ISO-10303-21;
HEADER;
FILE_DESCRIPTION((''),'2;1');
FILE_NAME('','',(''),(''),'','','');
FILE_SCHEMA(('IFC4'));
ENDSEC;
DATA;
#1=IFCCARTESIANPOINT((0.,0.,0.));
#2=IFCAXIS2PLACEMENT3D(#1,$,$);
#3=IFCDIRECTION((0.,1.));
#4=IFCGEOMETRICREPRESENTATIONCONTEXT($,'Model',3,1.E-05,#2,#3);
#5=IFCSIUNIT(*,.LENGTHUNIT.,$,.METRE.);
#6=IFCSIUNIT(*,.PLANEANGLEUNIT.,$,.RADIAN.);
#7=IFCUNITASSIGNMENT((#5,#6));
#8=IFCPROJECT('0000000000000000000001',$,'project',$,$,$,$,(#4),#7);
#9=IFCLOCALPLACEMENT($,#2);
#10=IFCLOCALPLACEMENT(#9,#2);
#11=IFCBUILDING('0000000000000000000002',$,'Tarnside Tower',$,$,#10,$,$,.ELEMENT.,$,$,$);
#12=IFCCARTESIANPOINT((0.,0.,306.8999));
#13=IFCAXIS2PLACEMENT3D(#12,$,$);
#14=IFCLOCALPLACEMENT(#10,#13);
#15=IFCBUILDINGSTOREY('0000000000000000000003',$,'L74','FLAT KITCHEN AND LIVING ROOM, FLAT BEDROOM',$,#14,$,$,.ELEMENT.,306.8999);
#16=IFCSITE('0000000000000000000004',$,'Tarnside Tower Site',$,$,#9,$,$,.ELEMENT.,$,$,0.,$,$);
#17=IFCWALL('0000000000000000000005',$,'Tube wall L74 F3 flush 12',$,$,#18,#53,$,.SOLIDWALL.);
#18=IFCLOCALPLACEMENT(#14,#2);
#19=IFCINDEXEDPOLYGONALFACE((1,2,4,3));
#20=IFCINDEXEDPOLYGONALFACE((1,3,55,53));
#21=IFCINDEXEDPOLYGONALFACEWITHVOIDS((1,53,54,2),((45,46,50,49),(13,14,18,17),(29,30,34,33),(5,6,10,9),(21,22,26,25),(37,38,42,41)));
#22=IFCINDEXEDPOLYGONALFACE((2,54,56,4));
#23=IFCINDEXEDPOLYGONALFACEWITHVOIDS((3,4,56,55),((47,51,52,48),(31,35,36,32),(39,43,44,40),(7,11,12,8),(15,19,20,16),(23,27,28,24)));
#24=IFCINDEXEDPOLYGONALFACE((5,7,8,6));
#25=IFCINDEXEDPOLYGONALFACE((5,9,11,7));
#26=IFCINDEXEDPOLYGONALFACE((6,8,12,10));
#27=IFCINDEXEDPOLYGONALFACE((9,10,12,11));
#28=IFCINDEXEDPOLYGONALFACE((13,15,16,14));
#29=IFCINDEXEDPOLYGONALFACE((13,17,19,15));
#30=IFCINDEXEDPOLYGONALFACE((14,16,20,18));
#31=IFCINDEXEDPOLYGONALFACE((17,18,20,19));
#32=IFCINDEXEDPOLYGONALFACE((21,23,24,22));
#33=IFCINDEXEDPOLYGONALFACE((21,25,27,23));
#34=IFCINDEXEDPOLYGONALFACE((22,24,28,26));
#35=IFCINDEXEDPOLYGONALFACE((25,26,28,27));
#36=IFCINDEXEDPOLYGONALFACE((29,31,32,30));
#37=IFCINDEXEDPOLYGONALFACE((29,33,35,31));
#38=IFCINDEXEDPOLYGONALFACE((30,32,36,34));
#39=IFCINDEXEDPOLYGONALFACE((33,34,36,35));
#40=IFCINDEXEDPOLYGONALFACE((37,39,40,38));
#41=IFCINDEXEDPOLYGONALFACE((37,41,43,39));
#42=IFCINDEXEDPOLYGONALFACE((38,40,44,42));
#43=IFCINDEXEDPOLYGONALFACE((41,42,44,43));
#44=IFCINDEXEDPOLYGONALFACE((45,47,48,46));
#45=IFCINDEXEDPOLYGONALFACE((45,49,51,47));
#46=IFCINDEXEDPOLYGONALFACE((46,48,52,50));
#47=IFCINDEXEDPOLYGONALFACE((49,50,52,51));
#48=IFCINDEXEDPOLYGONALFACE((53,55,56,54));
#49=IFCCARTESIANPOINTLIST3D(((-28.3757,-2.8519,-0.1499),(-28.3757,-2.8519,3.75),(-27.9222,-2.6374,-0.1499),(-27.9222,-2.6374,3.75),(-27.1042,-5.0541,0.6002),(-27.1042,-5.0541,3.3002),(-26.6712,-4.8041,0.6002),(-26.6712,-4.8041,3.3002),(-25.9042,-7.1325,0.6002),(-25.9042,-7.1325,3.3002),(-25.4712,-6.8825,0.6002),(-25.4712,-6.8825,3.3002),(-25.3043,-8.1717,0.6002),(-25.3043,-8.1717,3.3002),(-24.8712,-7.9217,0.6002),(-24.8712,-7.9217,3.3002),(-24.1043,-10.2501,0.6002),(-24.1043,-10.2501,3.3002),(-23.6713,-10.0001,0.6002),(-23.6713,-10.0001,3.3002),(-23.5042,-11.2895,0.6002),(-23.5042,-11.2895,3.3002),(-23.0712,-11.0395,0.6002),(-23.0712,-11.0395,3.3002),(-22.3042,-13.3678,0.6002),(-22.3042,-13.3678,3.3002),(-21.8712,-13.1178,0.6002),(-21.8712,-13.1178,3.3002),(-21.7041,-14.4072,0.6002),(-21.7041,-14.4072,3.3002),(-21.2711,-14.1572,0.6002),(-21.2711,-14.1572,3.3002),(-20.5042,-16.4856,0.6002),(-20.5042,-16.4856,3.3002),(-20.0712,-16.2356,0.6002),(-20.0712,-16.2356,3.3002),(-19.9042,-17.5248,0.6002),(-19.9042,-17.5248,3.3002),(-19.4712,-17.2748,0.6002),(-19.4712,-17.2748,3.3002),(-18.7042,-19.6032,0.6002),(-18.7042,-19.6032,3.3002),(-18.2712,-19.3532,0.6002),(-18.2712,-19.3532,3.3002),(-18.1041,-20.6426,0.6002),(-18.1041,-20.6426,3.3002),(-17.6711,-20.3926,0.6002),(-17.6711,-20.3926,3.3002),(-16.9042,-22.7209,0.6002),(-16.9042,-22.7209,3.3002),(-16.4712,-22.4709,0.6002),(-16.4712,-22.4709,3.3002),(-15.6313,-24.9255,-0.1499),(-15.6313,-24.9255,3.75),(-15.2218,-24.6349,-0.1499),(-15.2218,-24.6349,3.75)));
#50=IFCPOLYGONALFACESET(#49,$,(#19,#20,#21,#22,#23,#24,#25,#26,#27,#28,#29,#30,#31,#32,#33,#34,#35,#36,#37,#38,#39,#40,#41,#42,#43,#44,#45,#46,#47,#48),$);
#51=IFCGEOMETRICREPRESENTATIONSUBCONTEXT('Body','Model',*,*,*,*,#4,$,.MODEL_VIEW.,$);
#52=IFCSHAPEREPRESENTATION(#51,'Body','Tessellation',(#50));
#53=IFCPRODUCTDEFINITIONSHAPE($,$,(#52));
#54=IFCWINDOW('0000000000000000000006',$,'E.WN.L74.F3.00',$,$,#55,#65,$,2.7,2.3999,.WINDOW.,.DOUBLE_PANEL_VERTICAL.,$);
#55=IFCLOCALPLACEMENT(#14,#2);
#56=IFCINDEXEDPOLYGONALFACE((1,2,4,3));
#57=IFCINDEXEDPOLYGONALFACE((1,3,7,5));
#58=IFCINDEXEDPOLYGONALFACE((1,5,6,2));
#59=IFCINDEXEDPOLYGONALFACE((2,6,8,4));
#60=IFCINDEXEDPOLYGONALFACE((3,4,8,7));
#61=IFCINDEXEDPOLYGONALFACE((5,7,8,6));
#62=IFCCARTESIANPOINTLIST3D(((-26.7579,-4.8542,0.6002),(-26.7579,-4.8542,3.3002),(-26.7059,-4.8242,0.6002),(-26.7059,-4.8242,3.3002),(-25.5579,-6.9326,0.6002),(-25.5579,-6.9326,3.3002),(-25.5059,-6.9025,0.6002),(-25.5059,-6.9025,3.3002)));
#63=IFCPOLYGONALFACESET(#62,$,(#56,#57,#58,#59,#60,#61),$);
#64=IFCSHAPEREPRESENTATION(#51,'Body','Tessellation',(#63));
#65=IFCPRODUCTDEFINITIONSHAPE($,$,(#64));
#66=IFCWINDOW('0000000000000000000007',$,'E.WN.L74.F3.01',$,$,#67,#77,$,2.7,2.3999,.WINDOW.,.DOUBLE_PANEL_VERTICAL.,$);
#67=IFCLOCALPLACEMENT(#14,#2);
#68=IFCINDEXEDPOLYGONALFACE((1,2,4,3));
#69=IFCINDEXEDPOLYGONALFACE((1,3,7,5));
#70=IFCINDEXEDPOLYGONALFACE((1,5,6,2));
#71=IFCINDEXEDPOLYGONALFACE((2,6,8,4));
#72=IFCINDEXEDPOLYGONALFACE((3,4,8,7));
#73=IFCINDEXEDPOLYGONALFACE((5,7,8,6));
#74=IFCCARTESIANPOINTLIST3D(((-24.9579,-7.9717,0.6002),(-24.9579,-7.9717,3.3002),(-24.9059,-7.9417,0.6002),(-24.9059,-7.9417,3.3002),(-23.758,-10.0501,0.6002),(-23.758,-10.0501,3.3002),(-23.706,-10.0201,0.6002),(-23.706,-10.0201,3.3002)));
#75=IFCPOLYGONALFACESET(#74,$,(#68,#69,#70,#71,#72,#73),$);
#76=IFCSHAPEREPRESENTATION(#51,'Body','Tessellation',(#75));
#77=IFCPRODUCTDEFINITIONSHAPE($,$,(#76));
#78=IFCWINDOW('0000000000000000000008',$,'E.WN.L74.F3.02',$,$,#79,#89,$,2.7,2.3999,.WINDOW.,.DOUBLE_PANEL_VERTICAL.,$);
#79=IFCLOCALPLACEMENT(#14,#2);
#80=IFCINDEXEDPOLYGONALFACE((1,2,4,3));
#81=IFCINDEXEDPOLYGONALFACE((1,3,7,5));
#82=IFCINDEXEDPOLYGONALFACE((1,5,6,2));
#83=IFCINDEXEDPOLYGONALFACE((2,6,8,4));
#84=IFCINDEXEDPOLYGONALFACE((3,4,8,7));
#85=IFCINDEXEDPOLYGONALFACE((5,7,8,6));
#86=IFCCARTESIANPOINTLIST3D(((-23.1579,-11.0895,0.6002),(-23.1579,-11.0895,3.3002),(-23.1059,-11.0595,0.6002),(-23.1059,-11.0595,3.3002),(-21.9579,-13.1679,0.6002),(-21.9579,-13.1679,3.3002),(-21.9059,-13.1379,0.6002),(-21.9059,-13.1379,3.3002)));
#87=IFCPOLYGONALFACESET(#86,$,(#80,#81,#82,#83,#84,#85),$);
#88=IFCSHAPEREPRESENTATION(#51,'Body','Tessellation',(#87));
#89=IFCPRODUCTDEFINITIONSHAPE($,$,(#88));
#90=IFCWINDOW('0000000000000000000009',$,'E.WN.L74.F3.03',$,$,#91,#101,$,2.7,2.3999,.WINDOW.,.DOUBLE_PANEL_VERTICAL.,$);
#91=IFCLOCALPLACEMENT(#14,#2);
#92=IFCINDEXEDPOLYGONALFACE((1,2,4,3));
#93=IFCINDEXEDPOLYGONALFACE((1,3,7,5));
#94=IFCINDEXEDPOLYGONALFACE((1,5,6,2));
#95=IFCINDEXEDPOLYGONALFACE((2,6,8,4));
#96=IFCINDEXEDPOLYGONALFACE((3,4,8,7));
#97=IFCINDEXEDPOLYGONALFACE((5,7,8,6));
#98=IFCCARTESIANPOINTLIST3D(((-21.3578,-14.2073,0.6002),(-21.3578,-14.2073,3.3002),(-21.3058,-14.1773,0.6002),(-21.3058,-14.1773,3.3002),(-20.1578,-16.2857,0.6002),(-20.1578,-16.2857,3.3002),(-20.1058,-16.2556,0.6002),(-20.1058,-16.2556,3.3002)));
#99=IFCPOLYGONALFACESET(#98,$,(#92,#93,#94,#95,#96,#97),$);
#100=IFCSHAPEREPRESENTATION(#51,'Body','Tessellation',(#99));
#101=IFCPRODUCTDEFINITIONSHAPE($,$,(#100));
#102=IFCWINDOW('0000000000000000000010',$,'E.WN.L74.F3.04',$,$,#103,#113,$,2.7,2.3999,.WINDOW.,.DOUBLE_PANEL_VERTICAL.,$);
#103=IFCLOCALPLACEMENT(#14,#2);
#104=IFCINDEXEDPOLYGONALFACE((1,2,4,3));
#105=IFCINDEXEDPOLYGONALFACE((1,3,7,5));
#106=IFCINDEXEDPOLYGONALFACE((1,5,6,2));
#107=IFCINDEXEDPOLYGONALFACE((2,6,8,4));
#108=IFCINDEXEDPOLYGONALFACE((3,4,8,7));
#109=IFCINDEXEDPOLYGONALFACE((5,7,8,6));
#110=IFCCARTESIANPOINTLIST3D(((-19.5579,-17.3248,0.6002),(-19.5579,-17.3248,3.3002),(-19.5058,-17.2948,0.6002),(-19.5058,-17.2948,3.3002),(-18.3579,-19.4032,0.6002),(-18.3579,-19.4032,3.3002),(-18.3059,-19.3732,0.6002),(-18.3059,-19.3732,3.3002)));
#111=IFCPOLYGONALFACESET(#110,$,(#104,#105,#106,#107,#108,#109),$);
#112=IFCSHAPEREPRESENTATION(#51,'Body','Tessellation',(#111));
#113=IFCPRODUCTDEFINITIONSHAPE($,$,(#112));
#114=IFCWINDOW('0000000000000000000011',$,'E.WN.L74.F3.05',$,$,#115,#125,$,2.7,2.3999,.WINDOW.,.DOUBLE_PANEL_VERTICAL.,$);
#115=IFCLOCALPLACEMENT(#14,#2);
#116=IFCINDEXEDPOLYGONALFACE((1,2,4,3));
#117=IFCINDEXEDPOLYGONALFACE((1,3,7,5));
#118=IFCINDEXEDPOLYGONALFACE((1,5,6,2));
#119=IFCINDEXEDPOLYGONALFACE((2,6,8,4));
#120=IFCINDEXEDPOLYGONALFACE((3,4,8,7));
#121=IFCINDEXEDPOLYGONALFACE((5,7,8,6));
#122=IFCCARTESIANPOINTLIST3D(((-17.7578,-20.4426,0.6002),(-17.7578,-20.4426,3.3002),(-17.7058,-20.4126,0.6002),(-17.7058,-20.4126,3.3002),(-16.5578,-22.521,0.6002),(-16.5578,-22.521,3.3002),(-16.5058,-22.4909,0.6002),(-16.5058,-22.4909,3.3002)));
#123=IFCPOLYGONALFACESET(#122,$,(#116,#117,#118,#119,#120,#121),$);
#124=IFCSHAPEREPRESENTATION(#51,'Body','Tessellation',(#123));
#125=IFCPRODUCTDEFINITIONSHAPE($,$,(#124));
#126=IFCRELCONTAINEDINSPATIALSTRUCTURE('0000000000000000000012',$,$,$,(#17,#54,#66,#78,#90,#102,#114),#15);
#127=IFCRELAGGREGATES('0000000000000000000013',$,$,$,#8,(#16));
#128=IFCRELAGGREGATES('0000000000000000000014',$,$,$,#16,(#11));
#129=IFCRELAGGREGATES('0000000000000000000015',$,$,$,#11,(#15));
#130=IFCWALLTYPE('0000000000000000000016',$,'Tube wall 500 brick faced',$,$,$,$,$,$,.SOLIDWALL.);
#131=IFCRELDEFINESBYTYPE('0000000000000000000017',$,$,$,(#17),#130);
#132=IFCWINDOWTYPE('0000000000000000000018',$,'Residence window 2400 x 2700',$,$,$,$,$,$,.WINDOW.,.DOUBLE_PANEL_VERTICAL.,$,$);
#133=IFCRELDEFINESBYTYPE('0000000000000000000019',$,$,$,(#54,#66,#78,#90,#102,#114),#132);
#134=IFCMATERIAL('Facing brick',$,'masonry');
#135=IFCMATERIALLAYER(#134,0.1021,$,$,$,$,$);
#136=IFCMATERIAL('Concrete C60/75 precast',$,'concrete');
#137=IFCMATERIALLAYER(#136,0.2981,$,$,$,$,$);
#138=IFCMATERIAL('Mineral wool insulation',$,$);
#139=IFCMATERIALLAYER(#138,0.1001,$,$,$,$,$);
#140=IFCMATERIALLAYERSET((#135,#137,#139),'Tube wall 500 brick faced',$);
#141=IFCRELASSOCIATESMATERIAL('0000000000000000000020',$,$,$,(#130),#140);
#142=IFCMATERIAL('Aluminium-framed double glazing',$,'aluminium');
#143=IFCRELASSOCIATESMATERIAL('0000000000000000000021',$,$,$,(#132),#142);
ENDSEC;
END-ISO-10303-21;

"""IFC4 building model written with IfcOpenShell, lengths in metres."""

from ifc_helpers import new_model, si_unit, direction, frame, frame_2d, origin, place, context, subcontext, project, spatial, polyline, rectangle, outline, extrude, material, layer, layer_set, type_object, element, fill, save


model = new_model("IFC4")

# Units and contexts
model_context = context("Model", 3, precision=1e-05, world=origin(), true_north=direction((0.0, 1.0)))
body_context = subcontext(model_context, "Body", "Model", "MODEL_VIEW")
ifc_project = project(units=[si_unit("LENGTHUNIT", "METRE"), si_unit("PLANEANGLEUNIT", "RADIAN")], contexts=[model_context])

# Site, building, storey
site_placement = place(None, origin())
site = spatial("IfcSite", under=ifc_project, at=site_placement, Name="Tarnside Tower Site", CompositionType="ELEMENT", RefElevation=0.0)
building_placement = place(site_placement, origin())
building = spatial("IfcBuilding", under=site, at=building_placement, Name="Tarnside Tower", CompositionType="ELEMENT")
storey_placement = place(building_placement, frame((0.0, 0.0, 306.8999)))
storey = spatial("IfcBuildingStorey", under=building, at=storey_placement, Name="L74", Description="FLAT KITCHEN AND LIVING ROOM, FLAT BEDROOM", CompositionType="ELEMENT", Elevation=306.8999)

# Shared definitions
ifc_material_1 = material(Name="Facing brick", Category="masonry")
ifc_layer_1 = layer(ifc_material_1, 0.1021)
ifc_material_2 = material(Name="Concrete C60/75 precast", Category="concrete")
ifc_layer_2 = layer(ifc_material_2, 0.2981)
ifc_material_3 = material(Name="Mineral wool insulation")
ifc_layer_3 = layer(ifc_material_3, 0.1001)
ifc_layer_set_1 = layer_set([ifc_layer_1, ifc_layer_2, ifc_layer_3], Name="Tube wall 500 brick faced")
wall_type_1 = type_object("IfcWallType", Name="Tube wall 500 brick faced", PredefinedType="SOLIDWALL", material=ifc_layer_set_1)

# Wall, openings, windows
wall_1_placement = place(storey_placement, frame((-28.1489, -2.7446, -0.1499), z_axis=(0.0, 0.0, 1.0), x_axis=(0.500004, -0.866023, 0.0)))
wall_1 = element("IfcWall", 1, at=wall_1_placement, inside=storey, type_object=wall_type_1, Name="Tube wall L74 F3 flush 12", PredefinedType="SOLIDWALL", context=body_context, shape_type="SweptSolid", body=[
    extrude(outline(polyline([(-0.0205, -0.25), (25.468, -0.25), (25.4211, 0.25), (0.0205, 0.25), (-0.0205, -0.25)])), origin(), (0.0, 0.0, 1.0), 3.8999),
])
opening_1_placement = place(wall_1_placement, frame((2.5225, 0.0, 0.75)))
opening_1 = element("IfcOpeningElement", 2, at=opening_1_placement, cuts=wall_1, PredefinedType="OPENING", context=body_context, shape_type="SweptSolid", body=[
    extrude(rectangle(XDim=2.3999, YDim=2.7, at=frame_2d((1.2, 1.3501))), frame((0.0, 0.26, 0.0), z_axis=(0.0, -1.0, 0.0), x_axis=(1.0, 0.0, 0.0)), (0.0, 0.0, 1.0), 0.52),
])
opening_2_placement = place(wall_1_placement, frame((6.1223, 0.0, 0.75)))
opening_2 = element("IfcOpeningElement", 3, at=opening_2_placement, cuts=wall_1, PredefinedType="OPENING", context=body_context, shape_type="SweptSolid", body=[
    extrude(rectangle(XDim=2.3999, YDim=2.7, at=frame_2d((1.2, 1.3501))), frame((0.0, 0.26, 0.0), z_axis=(0.0, -1.0, 0.0), x_axis=(1.0, 0.0, 0.0)), (0.0, 0.0, 1.0), 0.52),
])
opening_3_placement = place(wall_1_placement, frame((9.7224, 0.0, 0.75)))
opening_3 = element("IfcOpeningElement", 4, at=opening_3_placement, cuts=wall_1, PredefinedType="OPENING", context=body_context, shape_type="SweptSolid", body=[
    extrude(rectangle(XDim=2.3999, YDim=2.7, at=frame_2d((1.2, 1.3501))), frame((0.0, 0.26, 0.0), z_axis=(0.0, -1.0, 0.0), x_axis=(1.0, 0.0, 0.0)), (0.0, 0.0, 1.0), 0.52),
])
opening_4_placement = place(wall_1_placement, frame((13.3225, 0.0, 0.75)))
opening_4 = element("IfcOpeningElement", 5, at=opening_4_placement, cuts=wall_1, PredefinedType="OPENING", context=body_context, shape_type="SweptSolid", body=[
    extrude(rectangle(XDim=2.3999, YDim=2.7, at=frame_2d((1.2, 1.3501))), frame((0.0, 0.26, 0.0), z_axis=(0.0, -1.0, 0.0), x_axis=(1.0, 0.0, 0.0)), (0.0, 0.0, 1.0), 0.52),
])
opening_5_placement = place(wall_1_placement, frame((16.9224, 0.0, 0.75)))
opening_5 = element("IfcOpeningElement", 6, at=opening_5_placement, cuts=wall_1, PredefinedType="OPENING", context=body_context, shape_type="SweptSolid", body=[
    extrude(rectangle(XDim=2.3999, YDim=2.7, at=frame_2d((1.2, 1.3501))), frame((0.0, 0.26, 0.0), z_axis=(0.0, -1.0, 0.0), x_axis=(1.0, 0.0, 0.0)), (0.0, 0.0, 1.0), 0.52),
])
opening_6_placement = place(wall_1_placement, frame((20.5225, 0.0, 0.75)))
opening_6 = element("IfcOpeningElement", 7, at=opening_6_placement, cuts=wall_1, PredefinedType="OPENING", context=body_context, shape_type="SweptSolid", body=[
    extrude(rectangle(XDim=2.3999, YDim=2.7, at=frame_2d((1.2, 1.3501))), frame((0.0, 0.26, 0.0), z_axis=(0.0, -1.0, 0.0), x_axis=(1.0, 0.0, 0.0)), (0.0, 0.0, 1.0), 0.52),
])
ifc_material_4 = material(Name="Aluminium-framed double glazing", Category="aluminium")
window_type = type_object("IfcWindowType", Name="Residence window 2400 x 2700", PartitioningType="DOUBLE_PANEL_VERTICAL", PredefinedType="WINDOW", material=ifc_material_4)
window_1_placement = place(opening_1_placement, frame((0.0, 0.1799, 0.0)))
window_1 = element("IfcWindow", 8, at=window_1_placement, inside=storey, type_object=window_type, Name="E.WN.L74.F3.00", OverallHeight=2.7, OverallWidth=2.3999, PartitioningType="DOUBLE_PANEL_VERTICAL", PredefinedType="WINDOW", context=body_context, shape_type="SweptSolid", body=[
    extrude(rectangle(XDim=2.3999, YDim=2.7, at=frame_2d((1.2, 1.3501))), frame((0.0, 0.03, 0.0), z_axis=(0.0, -1.0, 0.0), x_axis=(1.0, 0.0, 0.0)), (0.0, 0.0, 1.0), 0.0601),
])
fill(opening_1, window_1)
window_2_placement = place(opening_2_placement, frame((0.0, 0.1799, 0.0)))
window_2 = element("IfcWindow", 9, at=window_2_placement, inside=storey, type_object=window_type, Name="E.WN.L74.F3.01", OverallHeight=2.7, OverallWidth=2.3999, PartitioningType="DOUBLE_PANEL_VERTICAL", PredefinedType="WINDOW", context=body_context, shape_type="SweptSolid", body=[
    extrude(rectangle(XDim=2.3999, YDim=2.7, at=frame_2d((1.2, 1.3501))), frame((0.0, 0.03, 0.0), z_axis=(0.0, -1.0, 0.0), x_axis=(1.0, 0.0, 0.0)), (0.0, 0.0, 1.0), 0.0601),
])
fill(opening_2, window_2)
window_3_placement = place(opening_3_placement, frame((0.0, 0.1799, 0.0)))
window_3 = element("IfcWindow", 10, at=window_3_placement, inside=storey, type_object=window_type, Name="E.WN.L74.F3.02", OverallHeight=2.7, OverallWidth=2.3999, PartitioningType="DOUBLE_PANEL_VERTICAL", PredefinedType="WINDOW", context=body_context, shape_type="SweptSolid", body=[
    extrude(rectangle(XDim=2.3999, YDim=2.7, at=frame_2d((1.2, 1.3501))), frame((0.0, 0.03, 0.0), z_axis=(0.0, -1.0, 0.0), x_axis=(1.0, 0.0, 0.0)), (0.0, 0.0, 1.0), 0.0601),
])
fill(opening_3, window_3)
window_4_placement = place(opening_4_placement, frame((0.0, 0.1799, 0.0)))
window_4 = element("IfcWindow", 11, at=window_4_placement, inside=storey, type_object=window_type, Name="E.WN.L74.F3.03", OverallHeight=2.7, OverallWidth=2.3999, PartitioningType="DOUBLE_PANEL_VERTICAL", PredefinedType="WINDOW", context=body_context, shape_type="SweptSolid", body=[
    extrude(rectangle(XDim=2.3999, YDim=2.7, at=frame_2d((1.2, 1.3501))), frame((0.0, 0.03, 0.0), z_axis=(0.0, -1.0, 0.0), x_axis=(1.0, 0.0, 0.0)), (0.0, 0.0, 1.0), 0.0601),
])
fill(opening_4, window_4)
window_5_placement = place(opening_5_placement, frame((0.0, 0.1799, 0.0)))
window_5 = element("IfcWindow", 12, at=window_5_placement, inside=storey, type_object=window_type, Name="E.WN.L74.F3.04", OverallHeight=2.7, OverallWidth=2.3999, PartitioningType="DOUBLE_PANEL_VERTICAL", PredefinedType="WINDOW", context=body_context, shape_type="SweptSolid", body=[
    extrude(rectangle(XDim=2.3999, YDim=2.7, at=frame_2d((1.2, 1.3501))), frame((0.0, 0.03, 0.0), z_axis=(0.0, -1.0, 0.0), x_axis=(1.0, 0.0, 0.0)), (0.0, 0.0, 1.0), 0.0601),
])
fill(opening_5, window_5)
window_6_placement = place(opening_6_placement, frame((0.0, 0.1799, 0.0)))
window_6 = element("IfcWindow", 13, at=window_6_placement, inside=storey, type_object=window_type, Name="E.WN.L74.F3.05", OverallHeight=2.7, OverallWidth=2.3999, PartitioningType="DOUBLE_PANEL_VERTICAL", PredefinedType="WINDOW", context=body_context, shape_type="SweptSolid", body=[
    extrude(rectangle(XDim=2.3999, YDim=2.7, at=frame_2d((1.2, 1.3501))), frame((0.0, 0.03, 0.0), z_axis=(0.0, -1.0, 0.0), x_axis=(1.0, 0.0, 0.0)), (0.0, 0.0, 1.0), 0.0601),
])
fill(opening_6, window_6)

save(model, "model.ifc")
